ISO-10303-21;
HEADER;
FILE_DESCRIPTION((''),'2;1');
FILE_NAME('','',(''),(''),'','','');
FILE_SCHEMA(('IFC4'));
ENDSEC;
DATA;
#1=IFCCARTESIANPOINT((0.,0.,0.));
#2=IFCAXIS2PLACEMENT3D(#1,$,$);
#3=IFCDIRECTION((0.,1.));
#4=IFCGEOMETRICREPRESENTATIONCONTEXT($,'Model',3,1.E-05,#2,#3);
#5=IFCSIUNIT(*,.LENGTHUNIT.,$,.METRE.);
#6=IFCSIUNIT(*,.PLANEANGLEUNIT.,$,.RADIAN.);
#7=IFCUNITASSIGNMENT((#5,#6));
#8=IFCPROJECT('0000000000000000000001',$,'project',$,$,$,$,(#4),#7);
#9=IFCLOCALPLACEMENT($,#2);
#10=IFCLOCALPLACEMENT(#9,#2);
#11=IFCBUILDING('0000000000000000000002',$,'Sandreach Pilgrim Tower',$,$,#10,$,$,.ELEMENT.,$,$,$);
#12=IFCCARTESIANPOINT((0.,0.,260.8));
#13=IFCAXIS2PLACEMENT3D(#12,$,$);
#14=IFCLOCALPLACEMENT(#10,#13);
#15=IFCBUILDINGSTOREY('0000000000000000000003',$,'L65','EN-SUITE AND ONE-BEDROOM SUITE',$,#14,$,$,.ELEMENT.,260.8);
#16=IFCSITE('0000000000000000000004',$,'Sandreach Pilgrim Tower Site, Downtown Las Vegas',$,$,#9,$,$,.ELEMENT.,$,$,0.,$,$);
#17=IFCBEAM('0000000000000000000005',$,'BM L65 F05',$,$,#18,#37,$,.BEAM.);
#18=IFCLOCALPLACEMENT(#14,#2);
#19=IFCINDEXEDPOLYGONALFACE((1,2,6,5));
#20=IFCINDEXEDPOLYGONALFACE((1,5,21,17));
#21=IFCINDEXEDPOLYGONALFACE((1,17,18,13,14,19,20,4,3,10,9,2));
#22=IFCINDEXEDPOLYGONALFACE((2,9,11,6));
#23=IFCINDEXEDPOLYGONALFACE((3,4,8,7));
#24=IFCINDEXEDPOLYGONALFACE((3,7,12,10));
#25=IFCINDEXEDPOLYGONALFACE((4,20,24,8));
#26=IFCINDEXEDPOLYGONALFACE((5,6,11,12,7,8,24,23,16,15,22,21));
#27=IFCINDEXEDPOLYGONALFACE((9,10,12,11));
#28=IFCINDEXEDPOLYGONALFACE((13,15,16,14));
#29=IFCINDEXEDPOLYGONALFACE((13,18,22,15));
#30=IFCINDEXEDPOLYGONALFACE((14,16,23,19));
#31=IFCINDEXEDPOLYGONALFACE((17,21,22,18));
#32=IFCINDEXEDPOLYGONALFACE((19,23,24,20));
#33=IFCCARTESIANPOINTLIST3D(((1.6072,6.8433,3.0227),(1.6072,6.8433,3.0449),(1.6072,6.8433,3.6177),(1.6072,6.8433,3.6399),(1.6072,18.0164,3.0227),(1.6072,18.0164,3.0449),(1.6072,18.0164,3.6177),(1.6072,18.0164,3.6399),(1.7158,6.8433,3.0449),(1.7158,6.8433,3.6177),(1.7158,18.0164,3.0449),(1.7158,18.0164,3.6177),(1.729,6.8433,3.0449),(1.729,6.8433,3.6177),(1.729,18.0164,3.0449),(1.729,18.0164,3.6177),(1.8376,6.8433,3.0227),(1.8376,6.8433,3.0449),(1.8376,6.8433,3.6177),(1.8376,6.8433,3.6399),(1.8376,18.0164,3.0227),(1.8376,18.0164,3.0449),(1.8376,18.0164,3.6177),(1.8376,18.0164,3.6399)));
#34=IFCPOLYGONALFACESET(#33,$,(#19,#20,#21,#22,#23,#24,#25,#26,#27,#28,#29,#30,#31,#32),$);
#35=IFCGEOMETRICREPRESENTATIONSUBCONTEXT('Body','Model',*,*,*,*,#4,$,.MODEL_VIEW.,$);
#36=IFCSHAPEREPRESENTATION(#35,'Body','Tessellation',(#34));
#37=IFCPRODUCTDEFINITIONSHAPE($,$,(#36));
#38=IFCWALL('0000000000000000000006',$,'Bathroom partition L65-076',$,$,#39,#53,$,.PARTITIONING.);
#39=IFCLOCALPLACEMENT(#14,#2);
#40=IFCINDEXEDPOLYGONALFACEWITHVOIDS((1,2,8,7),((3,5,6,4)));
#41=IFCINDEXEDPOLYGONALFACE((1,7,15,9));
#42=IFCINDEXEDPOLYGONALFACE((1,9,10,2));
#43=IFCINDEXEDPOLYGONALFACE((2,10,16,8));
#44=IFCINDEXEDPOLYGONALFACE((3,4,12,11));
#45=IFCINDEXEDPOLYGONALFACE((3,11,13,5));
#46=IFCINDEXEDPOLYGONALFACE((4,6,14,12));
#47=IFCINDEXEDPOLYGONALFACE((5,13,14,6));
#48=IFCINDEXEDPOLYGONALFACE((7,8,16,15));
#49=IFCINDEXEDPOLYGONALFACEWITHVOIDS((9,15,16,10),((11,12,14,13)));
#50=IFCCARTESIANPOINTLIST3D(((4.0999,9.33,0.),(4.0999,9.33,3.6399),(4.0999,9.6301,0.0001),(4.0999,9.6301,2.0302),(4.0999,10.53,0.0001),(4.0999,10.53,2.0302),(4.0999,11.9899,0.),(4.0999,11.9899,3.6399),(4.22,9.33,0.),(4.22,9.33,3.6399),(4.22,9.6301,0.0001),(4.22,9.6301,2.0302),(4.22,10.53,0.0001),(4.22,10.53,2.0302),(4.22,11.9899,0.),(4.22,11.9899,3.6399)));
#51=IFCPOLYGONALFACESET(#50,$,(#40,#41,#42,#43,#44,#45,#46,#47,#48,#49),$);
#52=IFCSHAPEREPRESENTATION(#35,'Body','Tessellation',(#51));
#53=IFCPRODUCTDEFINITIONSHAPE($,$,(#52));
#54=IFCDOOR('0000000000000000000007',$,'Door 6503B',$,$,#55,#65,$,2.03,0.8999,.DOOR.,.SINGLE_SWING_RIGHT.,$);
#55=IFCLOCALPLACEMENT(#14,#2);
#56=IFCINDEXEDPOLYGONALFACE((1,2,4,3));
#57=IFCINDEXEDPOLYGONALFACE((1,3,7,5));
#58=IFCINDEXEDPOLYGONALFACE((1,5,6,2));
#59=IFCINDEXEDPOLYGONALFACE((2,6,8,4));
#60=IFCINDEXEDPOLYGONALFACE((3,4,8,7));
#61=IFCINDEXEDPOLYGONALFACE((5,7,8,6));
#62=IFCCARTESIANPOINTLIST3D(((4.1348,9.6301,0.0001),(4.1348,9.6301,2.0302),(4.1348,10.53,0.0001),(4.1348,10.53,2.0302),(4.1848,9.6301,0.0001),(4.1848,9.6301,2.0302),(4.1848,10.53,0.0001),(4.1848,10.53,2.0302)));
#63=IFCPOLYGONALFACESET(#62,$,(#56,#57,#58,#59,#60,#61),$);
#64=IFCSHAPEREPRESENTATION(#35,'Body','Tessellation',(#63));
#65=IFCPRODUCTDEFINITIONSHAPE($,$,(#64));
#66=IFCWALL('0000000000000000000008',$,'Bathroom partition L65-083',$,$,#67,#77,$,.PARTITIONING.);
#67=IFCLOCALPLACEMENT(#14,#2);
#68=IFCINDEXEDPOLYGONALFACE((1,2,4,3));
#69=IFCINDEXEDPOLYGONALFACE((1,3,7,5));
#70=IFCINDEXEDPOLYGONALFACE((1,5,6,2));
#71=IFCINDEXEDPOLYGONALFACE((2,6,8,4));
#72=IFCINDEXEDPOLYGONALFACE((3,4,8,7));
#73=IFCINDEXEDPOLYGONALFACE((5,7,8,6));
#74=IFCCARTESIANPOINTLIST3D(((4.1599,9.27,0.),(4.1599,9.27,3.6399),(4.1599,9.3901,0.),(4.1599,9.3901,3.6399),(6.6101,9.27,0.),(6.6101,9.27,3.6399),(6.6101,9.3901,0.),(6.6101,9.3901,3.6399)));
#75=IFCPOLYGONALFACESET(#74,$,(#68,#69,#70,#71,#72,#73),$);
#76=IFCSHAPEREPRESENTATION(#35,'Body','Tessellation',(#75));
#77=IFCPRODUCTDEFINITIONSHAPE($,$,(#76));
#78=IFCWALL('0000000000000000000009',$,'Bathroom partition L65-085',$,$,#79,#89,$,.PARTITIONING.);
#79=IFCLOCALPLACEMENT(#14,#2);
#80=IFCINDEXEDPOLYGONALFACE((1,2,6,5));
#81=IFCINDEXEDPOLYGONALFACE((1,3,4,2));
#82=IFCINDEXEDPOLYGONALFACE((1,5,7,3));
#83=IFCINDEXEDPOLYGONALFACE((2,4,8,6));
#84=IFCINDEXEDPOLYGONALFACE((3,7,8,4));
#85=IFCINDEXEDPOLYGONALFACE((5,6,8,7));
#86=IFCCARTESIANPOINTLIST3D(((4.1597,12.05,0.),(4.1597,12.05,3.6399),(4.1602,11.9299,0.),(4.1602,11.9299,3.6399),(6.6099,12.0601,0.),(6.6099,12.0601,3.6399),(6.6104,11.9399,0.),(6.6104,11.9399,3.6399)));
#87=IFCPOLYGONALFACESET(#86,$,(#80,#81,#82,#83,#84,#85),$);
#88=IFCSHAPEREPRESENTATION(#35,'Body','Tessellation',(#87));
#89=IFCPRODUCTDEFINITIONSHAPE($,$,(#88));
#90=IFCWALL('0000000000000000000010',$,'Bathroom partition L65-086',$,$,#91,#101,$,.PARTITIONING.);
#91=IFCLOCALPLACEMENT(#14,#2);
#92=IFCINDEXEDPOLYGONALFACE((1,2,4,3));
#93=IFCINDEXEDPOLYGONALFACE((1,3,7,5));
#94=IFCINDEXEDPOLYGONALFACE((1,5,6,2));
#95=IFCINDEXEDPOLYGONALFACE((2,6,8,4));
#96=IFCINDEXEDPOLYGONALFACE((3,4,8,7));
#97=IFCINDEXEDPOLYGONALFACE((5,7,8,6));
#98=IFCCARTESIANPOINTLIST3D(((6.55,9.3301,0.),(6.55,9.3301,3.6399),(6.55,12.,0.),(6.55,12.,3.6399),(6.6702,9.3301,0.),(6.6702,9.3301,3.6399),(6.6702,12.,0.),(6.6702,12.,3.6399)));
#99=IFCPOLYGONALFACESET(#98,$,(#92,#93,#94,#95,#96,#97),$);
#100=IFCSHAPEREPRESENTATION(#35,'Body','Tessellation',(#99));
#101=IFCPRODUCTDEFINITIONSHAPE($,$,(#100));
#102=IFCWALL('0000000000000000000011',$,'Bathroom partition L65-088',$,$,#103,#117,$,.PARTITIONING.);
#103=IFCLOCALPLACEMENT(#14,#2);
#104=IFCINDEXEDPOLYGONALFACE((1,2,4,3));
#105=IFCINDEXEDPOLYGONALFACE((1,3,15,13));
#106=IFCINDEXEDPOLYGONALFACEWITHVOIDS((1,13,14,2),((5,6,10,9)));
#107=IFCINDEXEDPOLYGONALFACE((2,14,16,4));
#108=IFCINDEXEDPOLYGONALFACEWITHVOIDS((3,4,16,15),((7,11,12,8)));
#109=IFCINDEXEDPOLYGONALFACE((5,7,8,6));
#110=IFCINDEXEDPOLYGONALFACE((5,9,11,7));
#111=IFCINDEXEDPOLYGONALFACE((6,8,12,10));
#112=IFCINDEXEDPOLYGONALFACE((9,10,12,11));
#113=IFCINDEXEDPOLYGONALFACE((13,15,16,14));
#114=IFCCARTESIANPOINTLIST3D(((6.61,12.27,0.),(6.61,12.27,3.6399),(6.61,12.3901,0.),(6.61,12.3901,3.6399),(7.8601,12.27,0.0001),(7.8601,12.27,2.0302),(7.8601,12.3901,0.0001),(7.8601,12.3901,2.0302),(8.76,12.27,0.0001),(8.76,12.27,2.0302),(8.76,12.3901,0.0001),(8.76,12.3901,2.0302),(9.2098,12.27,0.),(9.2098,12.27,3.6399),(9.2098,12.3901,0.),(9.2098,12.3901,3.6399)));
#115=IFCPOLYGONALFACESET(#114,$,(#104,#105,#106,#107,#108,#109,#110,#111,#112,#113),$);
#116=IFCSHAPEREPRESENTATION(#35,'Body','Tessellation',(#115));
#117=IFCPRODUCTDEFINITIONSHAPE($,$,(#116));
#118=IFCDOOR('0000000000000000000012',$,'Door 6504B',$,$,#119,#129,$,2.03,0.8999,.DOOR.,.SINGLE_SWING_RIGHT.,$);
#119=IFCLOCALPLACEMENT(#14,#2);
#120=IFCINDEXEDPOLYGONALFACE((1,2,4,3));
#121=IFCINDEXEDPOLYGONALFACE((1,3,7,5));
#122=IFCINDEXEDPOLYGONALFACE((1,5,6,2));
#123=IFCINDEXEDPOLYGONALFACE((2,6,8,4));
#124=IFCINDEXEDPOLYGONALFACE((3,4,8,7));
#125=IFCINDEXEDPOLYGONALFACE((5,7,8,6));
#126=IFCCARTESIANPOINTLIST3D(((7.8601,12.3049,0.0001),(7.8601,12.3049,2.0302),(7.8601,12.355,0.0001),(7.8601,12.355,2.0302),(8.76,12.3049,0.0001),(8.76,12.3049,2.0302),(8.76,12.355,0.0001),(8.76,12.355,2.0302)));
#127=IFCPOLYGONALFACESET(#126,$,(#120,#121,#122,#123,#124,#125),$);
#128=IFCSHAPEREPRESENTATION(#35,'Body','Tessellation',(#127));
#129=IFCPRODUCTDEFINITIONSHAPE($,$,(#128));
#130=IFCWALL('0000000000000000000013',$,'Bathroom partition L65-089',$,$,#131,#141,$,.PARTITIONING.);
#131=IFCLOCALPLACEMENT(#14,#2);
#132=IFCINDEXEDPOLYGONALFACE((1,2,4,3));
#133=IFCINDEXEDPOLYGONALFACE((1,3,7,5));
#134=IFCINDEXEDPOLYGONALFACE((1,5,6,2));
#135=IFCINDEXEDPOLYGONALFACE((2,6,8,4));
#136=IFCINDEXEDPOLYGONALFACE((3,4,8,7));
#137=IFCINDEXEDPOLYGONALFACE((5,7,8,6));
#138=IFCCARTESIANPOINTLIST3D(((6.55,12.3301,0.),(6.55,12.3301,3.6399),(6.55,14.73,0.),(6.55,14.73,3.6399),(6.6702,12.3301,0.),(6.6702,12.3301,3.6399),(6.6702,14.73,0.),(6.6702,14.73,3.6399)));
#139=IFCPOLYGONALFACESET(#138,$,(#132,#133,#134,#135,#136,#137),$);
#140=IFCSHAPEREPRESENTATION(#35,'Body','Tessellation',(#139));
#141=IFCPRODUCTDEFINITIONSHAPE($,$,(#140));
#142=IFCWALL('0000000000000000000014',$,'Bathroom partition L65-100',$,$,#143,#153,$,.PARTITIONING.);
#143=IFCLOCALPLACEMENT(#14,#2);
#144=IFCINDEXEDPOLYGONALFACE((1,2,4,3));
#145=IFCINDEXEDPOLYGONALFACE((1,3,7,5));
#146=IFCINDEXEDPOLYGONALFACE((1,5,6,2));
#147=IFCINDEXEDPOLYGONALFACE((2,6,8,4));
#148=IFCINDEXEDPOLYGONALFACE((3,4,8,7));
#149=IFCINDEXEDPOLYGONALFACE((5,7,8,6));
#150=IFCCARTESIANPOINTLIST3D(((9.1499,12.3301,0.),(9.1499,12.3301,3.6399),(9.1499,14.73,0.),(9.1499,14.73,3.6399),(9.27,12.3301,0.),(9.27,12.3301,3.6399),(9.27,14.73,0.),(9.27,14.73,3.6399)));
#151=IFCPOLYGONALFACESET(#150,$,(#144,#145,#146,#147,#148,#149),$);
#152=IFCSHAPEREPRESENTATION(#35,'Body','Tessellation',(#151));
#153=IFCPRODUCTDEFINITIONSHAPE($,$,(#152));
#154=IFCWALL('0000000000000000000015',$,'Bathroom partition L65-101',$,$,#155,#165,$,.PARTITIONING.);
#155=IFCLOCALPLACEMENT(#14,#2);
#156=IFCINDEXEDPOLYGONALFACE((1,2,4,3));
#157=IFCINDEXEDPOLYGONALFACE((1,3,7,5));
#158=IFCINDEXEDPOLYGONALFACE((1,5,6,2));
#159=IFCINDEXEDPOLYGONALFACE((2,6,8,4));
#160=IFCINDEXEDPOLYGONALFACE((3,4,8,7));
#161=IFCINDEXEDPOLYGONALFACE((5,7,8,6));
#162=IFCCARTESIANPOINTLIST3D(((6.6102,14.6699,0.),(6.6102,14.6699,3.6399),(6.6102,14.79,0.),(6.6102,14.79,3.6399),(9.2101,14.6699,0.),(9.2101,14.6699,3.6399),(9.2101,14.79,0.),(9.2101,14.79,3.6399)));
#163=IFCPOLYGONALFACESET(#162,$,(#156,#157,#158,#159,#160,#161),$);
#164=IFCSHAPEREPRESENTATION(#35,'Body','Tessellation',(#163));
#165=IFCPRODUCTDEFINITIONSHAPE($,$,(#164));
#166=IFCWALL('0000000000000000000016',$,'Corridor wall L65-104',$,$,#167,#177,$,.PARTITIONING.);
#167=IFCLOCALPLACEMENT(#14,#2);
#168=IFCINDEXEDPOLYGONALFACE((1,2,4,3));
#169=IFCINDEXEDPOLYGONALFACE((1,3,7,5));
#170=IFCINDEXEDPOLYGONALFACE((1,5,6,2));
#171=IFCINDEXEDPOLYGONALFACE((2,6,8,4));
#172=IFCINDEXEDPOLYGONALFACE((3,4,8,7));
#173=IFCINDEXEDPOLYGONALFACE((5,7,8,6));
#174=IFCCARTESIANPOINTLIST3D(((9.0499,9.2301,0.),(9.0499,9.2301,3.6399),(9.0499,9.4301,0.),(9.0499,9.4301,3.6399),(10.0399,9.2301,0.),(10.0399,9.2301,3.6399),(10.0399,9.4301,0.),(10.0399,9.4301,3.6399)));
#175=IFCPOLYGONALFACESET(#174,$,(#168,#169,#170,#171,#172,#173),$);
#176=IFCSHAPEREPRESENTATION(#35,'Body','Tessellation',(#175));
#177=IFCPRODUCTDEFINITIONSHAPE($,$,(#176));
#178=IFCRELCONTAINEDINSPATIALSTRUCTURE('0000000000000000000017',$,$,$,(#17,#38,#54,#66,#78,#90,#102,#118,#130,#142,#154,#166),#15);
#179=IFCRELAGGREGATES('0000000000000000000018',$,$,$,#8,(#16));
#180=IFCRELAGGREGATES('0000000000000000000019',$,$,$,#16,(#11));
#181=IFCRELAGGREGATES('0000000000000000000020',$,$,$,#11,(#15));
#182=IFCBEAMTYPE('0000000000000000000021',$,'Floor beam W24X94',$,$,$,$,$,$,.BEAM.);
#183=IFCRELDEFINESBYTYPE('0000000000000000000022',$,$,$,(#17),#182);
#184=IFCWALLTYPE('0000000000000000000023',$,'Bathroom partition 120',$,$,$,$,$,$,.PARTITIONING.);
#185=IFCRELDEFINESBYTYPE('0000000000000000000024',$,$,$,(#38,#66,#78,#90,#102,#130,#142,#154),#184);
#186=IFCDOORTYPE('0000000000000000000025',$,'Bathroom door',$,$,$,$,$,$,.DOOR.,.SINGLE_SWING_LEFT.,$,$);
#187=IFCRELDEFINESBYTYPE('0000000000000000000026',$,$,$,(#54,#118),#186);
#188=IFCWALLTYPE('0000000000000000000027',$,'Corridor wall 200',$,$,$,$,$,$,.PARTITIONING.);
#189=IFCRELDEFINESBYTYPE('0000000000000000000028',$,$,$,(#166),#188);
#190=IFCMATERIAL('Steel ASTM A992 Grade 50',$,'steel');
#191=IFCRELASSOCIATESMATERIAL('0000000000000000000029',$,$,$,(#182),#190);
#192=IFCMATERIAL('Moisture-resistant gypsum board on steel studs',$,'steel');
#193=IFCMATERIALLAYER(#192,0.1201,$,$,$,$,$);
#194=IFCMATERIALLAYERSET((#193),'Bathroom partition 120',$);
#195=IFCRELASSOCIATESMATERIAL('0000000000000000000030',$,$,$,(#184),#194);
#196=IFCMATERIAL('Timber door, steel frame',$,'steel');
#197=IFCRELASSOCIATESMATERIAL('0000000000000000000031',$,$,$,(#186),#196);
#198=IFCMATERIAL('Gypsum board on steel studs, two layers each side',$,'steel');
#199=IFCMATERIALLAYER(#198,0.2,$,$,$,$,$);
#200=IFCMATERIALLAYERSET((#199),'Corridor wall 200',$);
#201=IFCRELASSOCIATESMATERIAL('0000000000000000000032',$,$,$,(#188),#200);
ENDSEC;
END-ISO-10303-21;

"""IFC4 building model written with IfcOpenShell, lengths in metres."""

from ifc_helpers import new_model, si_unit, direction, frame, frame_2d, origin, origin_2d, place, context, subcontext, project, spatial, rectangle, i_section, extrude, material, layer, layer_set, material_profile, profile_set, type_object, element, fill, save


model = new_model("IFC4")

# Units and contexts
model_context = context("Model", 3, precision=1e-05, world=origin(), true_north=direction((0.0, 1.0)))
body_context = subcontext(model_context, "Body", "Model", "MODEL_VIEW")
ifc_project = project(units=[si_unit("LENGTHUNIT", "METRE"), si_unit("PLANEANGLEUNIT", "RADIAN")], contexts=[model_context])

# Site, building, storey
site_placement = place(None, origin())
site = spatial("IfcSite", under=ifc_project, at=site_placement, Name="Sandreach Pilgrim Tower Site, Downtown Las Vegas", CompositionType="ELEMENT", RefElevation=0.0)
building_placement = place(site_placement, origin())
building = spatial("IfcBuilding", under=site, at=building_placement, Name="Sandreach Pilgrim Tower", CompositionType="ELEMENT")
storey_placement = place(building_placement, frame((0.0, 0.0, 260.8)))
storey = spatial("IfcBuildingStorey", under=building, at=storey_placement, Name="L65", Description="EN-SUITE AND ONE-BEDROOM SUITE", CompositionType="ELEMENT", Elevation=260.8)

# Beam
ifc_material_1 = material(Name="Steel ASTM A992 Grade 50", Category="steel")
ifc_material_profile = material_profile(ifc_material_1, i_section(OverallWidth=0.2305, OverallDepth=0.6172, WebThickness=0.0132, FlangeThickness=0.0222, at=origin_2d()), Name="W24X94")
ifc_profile_set = profile_set([ifc_material_profile], Name="Steel ASTM A992 Grade 50")
beam_type = type_object("IfcBeamType", Name="Floor beam W24X94", PredefinedType="BEAM", material=ifc_profile_set)
beam_placement = place(storey_placement, frame((1.7224, 18.0164, 3.3313), z_axis=(0.0, -1.0, 0.0), x_axis=(1.0, 0.0, 0.0)))
element("IfcBeam", 1, at=beam_placement, inside=storey, type_object=beam_type, Name="BM L65 F05", PredefinedType="BEAM", context=body_context, shape_type="SweptSolid", body=[
    extrude(i_section(OverallWidth=0.2305, OverallDepth=0.6172, WebThickness=0.0132, FlangeThickness=0.0222, at=origin_2d()), origin(), (0.0, 0.0, 1.0), 11.1731),
])

# Wall, opening, door
ifc_material_2 = material(Name="Moisture-resistant gypsum board on steel studs", Category="steel")
ifc_layer_1 = layer(ifc_material_2, 0.1201)
ifc_layer_set_1 = layer_set([ifc_layer_1], Name="Bathroom partition 120")
wall_type_1 = type_object("IfcWallType", Name="Bathroom partition 120", PredefinedType="PARTITIONING", material=ifc_layer_set_1)
wall_1_placement = place(storey_placement, frame((4.1599, 11.99, 0.0), z_axis=(0.0, 0.0, 1.0), x_axis=(0.0, -1.0, 0.0)))
wall_1 = element("IfcWall", 2, at=wall_1_placement, inside=storey, type_object=wall_type_1, Name="Bathroom partition L65-076", PredefinedType="PARTITIONING", context=body_context, shape_type="SweptSolid", body=[
    extrude(rectangle(XDim=2.6599, YDim=0.1201, at=frame_2d((1.3301, 0.0))), origin(), (0.0, 0.0, 1.0), 3.6399),
])
opening_1_placement = place(wall_1_placement, frame((1.46, 0.0, 0.0)))
opening_1 = element("IfcOpeningElement", 3, at=opening_1_placement, cuts=wall_1, PredefinedType="OPENING", context=body_context, shape_type="SweptSolid", body=[
    extrude(rectangle(XDim=0.8999, YDim=2.03, at=frame_2d((0.45, 1.0151))), frame((0.0, 0.0601, 0.0), z_axis=(0.0, -1.0, 0.0), x_axis=(1.0, 0.0, 0.0)), (0.0, 0.0, 1.0), 0.1201),
])
ifc_material_3 = material(Name="Timber door, steel frame", Category="steel")
door_type_1 = type_object("IfcDoorType", Name="Bathroom door", OperationType="SINGLE_SWING_LEFT", PredefinedType="DOOR", material=ifc_material_3)
door_1_placement = place(opening_1_placement, origin())
door_1 = element("IfcDoor", 4, at=door_1_placement, inside=storey, type_object=door_type_1, Name="Door 6503B", OperationType="SINGLE_SWING_RIGHT", OverallHeight=2.03, OverallWidth=0.8999, PredefinedType="DOOR", context=body_context, shape_type="SweptSolid", body=[
    extrude(rectangle(XDim=0.8999, YDim=2.03, at=frame_2d((0.45, 1.0151))), frame((0.0, 0.0249, 0.0), z_axis=(0.0, -1.0, 0.0), x_axis=(1.0, 0.0, 0.0)), (0.0, 0.0, 1.0), 0.05),
])
fill(opening_1, door_1)

# Walls
for number, where, z_axis, x_axis, name in (
    (5, (6.6101, 9.3301, 0.0), (0.0, 0.0, 1.0), (-1.0, 0.0, 0.0), "Bathroom partition L65-083"),
    (6, (6.6101, 12.0, 0.0), (0.0, 0.0, 1.0), (-0.999992, -0.004085, 0.0), "Bathroom partition L65-085"),
):
    element("IfcWall", number, at=place(storey_placement, frame(where, z_axis=z_axis, x_axis=x_axis)), inside=storey, type_object=wall_type_1, Name=name, PredefinedType="PARTITIONING", context=body_context, shape_type="SweptSolid", body=[
        extrude(rectangle(XDim=2.4502, YDim=0.1201, at=frame_2d((1.2251, 0.0))), origin(), (0.0, 0.0, 1.0), 3.6399),
    ])
wall_2_placement = place(storey_placement, frame((6.6101, 12.0, 0.0), z_axis=(0.0, 0.0, 1.0), x_axis=(0.0, -1.0, 0.0)))
element("IfcWall", 7, at=wall_2_placement, inside=storey, type_object=wall_type_1, Name="Bathroom partition L65-086", PredefinedType="PARTITIONING", context=body_context, shape_type="SweptSolid", body=[
    extrude(rectangle(XDim=2.6699, YDim=0.1201, at=frame_2d((1.335, 0.0))), origin(), (0.0, 0.0, 1.0), 3.6399),
])

# Wall, opening, door
wall_3_placement = place(storey_placement, frame((6.6101, 12.3301, 0.0), z_axis=(0.0, 0.0, 1.0), x_axis=(1.0, 0.0, 0.0)))
wall_3 = element("IfcWall", 8, at=wall_3_placement, inside=storey, type_object=wall_type_1, Name="Bathroom partition L65-088", PredefinedType="PARTITIONING", context=body_context, shape_type="SweptSolid", body=[
    extrude(rectangle(XDim=2.5999, YDim=0.1201, at=frame_2d((1.2998, 0.0))), origin(), (0.0, 0.0, 1.0), 3.6399),
])
opening_2_placement = place(wall_3_placement, frame((1.25, 0.0, 0.0)))
opening_2 = element("IfcOpeningElement", 9, at=opening_2_placement, cuts=wall_3, PredefinedType="OPENING", context=body_context, shape_type="SweptSolid", body=[
    extrude(rectangle(XDim=0.8999, YDim=2.03, at=frame_2d((0.45, 1.0151))), frame((0.0, 0.0601, 0.0), z_axis=(0.0, -1.0, 0.0), x_axis=(1.0, 0.0, 0.0)), (0.0, 0.0, 1.0), 0.1201),
])
door_2_placement = place(opening_2_placement, origin())
door_2 = element("IfcDoor", 10, at=door_2_placement, inside=storey, type_object=door_type_1, Name="Door 6504B", OperationType="SINGLE_SWING_RIGHT", OverallHeight=2.03, OverallWidth=0.8999, PredefinedType="DOOR", context=body_context, shape_type="SweptSolid", body=[
    extrude(rectangle(XDim=0.8999, YDim=2.03, at=frame_2d((0.45, 1.0151))), frame((0.0, 0.0249, 0.0), z_axis=(0.0, -1.0, 0.0), x_axis=(1.0, 0.0, 0.0)), (0.0, 0.0, 1.0), 0.05),
])
fill(opening_2, door_2)

# Walls
for number, where, z_axis, x_axis, name in (
    (11, (6.6101, 14.73, 0.0), (0.0, 0.0, 1.0), (0.0, -1.0, 0.0), "Bathroom partition L65-089"),
    (12, (9.21, 12.3301, 0.0), (0.0, 0.0, 1.0), (0.0, 1.0, 0.0), "Bathroom partition L65-100"),
):
    element("IfcWall", number, at=place(storey_placement, frame(where, z_axis=z_axis, x_axis=x_axis)), inside=storey, type_object=wall_type_1, Name=name, PredefinedType="PARTITIONING", context=body_context, shape_type="SweptSolid", body=[
        extrude(rectangle(XDim=2.3999, YDim=0.1201, at=frame_2d((1.2, 0.0))), origin(), (0.0, 0.0, 1.0), 3.6399),
    ])
wall_4_placement = place(storey_placement, frame((9.21, 14.73, 0.0), z_axis=(0.0, 0.0, 1.0), x_axis=(-1.0, 0.0, 0.0)))
element("IfcWall", 13, at=wall_4_placement, inside=storey, type_object=wall_type_1, Name="Bathroom partition L65-101", PredefinedType="PARTITIONING", context=body_context, shape_type="SweptSolid", body=[
    extrude(rectangle(XDim=2.5999, YDim=0.1201, at=frame_2d((1.2998, 0.0))), origin(), (0.0, 0.0, 1.0), 3.6399),
])

# Shared definitions
ifc_material_4 = material(Name="Gypsum board on steel studs, two layers each side", Category="steel")
ifc_layer_2 = layer(ifc_material_4, 0.2)
ifc_layer_set_2 = layer_set([ifc_layer_2], Name="Corridor wall 200")
wall_type_2 = type_object("IfcWallType", Name="Corridor wall 200", PredefinedType="PARTITIONING", material=ifc_layer_set_2)

# Wall
wall_5_placement = place(storey_placement, frame((10.04, 9.3301, 0.0), z_axis=(0.0, 0.0, 1.0), x_axis=(-1.0, 0.0, 0.0)))
element("IfcWall", 14, at=wall_5_placement, inside=storey, type_object=wall_type_2, Name="Corridor wall L65-104", PredefinedType="PARTITIONING", context=body_context, shape_type="SweptSolid", body=[
    extrude(rectangle(XDim=0.99, YDim=0.2, at=frame_2d((0.4951, 0.0))), origin(), (0.0, 0.0, 1.0), 3.6399),
])

save(model, "model.ifc")
